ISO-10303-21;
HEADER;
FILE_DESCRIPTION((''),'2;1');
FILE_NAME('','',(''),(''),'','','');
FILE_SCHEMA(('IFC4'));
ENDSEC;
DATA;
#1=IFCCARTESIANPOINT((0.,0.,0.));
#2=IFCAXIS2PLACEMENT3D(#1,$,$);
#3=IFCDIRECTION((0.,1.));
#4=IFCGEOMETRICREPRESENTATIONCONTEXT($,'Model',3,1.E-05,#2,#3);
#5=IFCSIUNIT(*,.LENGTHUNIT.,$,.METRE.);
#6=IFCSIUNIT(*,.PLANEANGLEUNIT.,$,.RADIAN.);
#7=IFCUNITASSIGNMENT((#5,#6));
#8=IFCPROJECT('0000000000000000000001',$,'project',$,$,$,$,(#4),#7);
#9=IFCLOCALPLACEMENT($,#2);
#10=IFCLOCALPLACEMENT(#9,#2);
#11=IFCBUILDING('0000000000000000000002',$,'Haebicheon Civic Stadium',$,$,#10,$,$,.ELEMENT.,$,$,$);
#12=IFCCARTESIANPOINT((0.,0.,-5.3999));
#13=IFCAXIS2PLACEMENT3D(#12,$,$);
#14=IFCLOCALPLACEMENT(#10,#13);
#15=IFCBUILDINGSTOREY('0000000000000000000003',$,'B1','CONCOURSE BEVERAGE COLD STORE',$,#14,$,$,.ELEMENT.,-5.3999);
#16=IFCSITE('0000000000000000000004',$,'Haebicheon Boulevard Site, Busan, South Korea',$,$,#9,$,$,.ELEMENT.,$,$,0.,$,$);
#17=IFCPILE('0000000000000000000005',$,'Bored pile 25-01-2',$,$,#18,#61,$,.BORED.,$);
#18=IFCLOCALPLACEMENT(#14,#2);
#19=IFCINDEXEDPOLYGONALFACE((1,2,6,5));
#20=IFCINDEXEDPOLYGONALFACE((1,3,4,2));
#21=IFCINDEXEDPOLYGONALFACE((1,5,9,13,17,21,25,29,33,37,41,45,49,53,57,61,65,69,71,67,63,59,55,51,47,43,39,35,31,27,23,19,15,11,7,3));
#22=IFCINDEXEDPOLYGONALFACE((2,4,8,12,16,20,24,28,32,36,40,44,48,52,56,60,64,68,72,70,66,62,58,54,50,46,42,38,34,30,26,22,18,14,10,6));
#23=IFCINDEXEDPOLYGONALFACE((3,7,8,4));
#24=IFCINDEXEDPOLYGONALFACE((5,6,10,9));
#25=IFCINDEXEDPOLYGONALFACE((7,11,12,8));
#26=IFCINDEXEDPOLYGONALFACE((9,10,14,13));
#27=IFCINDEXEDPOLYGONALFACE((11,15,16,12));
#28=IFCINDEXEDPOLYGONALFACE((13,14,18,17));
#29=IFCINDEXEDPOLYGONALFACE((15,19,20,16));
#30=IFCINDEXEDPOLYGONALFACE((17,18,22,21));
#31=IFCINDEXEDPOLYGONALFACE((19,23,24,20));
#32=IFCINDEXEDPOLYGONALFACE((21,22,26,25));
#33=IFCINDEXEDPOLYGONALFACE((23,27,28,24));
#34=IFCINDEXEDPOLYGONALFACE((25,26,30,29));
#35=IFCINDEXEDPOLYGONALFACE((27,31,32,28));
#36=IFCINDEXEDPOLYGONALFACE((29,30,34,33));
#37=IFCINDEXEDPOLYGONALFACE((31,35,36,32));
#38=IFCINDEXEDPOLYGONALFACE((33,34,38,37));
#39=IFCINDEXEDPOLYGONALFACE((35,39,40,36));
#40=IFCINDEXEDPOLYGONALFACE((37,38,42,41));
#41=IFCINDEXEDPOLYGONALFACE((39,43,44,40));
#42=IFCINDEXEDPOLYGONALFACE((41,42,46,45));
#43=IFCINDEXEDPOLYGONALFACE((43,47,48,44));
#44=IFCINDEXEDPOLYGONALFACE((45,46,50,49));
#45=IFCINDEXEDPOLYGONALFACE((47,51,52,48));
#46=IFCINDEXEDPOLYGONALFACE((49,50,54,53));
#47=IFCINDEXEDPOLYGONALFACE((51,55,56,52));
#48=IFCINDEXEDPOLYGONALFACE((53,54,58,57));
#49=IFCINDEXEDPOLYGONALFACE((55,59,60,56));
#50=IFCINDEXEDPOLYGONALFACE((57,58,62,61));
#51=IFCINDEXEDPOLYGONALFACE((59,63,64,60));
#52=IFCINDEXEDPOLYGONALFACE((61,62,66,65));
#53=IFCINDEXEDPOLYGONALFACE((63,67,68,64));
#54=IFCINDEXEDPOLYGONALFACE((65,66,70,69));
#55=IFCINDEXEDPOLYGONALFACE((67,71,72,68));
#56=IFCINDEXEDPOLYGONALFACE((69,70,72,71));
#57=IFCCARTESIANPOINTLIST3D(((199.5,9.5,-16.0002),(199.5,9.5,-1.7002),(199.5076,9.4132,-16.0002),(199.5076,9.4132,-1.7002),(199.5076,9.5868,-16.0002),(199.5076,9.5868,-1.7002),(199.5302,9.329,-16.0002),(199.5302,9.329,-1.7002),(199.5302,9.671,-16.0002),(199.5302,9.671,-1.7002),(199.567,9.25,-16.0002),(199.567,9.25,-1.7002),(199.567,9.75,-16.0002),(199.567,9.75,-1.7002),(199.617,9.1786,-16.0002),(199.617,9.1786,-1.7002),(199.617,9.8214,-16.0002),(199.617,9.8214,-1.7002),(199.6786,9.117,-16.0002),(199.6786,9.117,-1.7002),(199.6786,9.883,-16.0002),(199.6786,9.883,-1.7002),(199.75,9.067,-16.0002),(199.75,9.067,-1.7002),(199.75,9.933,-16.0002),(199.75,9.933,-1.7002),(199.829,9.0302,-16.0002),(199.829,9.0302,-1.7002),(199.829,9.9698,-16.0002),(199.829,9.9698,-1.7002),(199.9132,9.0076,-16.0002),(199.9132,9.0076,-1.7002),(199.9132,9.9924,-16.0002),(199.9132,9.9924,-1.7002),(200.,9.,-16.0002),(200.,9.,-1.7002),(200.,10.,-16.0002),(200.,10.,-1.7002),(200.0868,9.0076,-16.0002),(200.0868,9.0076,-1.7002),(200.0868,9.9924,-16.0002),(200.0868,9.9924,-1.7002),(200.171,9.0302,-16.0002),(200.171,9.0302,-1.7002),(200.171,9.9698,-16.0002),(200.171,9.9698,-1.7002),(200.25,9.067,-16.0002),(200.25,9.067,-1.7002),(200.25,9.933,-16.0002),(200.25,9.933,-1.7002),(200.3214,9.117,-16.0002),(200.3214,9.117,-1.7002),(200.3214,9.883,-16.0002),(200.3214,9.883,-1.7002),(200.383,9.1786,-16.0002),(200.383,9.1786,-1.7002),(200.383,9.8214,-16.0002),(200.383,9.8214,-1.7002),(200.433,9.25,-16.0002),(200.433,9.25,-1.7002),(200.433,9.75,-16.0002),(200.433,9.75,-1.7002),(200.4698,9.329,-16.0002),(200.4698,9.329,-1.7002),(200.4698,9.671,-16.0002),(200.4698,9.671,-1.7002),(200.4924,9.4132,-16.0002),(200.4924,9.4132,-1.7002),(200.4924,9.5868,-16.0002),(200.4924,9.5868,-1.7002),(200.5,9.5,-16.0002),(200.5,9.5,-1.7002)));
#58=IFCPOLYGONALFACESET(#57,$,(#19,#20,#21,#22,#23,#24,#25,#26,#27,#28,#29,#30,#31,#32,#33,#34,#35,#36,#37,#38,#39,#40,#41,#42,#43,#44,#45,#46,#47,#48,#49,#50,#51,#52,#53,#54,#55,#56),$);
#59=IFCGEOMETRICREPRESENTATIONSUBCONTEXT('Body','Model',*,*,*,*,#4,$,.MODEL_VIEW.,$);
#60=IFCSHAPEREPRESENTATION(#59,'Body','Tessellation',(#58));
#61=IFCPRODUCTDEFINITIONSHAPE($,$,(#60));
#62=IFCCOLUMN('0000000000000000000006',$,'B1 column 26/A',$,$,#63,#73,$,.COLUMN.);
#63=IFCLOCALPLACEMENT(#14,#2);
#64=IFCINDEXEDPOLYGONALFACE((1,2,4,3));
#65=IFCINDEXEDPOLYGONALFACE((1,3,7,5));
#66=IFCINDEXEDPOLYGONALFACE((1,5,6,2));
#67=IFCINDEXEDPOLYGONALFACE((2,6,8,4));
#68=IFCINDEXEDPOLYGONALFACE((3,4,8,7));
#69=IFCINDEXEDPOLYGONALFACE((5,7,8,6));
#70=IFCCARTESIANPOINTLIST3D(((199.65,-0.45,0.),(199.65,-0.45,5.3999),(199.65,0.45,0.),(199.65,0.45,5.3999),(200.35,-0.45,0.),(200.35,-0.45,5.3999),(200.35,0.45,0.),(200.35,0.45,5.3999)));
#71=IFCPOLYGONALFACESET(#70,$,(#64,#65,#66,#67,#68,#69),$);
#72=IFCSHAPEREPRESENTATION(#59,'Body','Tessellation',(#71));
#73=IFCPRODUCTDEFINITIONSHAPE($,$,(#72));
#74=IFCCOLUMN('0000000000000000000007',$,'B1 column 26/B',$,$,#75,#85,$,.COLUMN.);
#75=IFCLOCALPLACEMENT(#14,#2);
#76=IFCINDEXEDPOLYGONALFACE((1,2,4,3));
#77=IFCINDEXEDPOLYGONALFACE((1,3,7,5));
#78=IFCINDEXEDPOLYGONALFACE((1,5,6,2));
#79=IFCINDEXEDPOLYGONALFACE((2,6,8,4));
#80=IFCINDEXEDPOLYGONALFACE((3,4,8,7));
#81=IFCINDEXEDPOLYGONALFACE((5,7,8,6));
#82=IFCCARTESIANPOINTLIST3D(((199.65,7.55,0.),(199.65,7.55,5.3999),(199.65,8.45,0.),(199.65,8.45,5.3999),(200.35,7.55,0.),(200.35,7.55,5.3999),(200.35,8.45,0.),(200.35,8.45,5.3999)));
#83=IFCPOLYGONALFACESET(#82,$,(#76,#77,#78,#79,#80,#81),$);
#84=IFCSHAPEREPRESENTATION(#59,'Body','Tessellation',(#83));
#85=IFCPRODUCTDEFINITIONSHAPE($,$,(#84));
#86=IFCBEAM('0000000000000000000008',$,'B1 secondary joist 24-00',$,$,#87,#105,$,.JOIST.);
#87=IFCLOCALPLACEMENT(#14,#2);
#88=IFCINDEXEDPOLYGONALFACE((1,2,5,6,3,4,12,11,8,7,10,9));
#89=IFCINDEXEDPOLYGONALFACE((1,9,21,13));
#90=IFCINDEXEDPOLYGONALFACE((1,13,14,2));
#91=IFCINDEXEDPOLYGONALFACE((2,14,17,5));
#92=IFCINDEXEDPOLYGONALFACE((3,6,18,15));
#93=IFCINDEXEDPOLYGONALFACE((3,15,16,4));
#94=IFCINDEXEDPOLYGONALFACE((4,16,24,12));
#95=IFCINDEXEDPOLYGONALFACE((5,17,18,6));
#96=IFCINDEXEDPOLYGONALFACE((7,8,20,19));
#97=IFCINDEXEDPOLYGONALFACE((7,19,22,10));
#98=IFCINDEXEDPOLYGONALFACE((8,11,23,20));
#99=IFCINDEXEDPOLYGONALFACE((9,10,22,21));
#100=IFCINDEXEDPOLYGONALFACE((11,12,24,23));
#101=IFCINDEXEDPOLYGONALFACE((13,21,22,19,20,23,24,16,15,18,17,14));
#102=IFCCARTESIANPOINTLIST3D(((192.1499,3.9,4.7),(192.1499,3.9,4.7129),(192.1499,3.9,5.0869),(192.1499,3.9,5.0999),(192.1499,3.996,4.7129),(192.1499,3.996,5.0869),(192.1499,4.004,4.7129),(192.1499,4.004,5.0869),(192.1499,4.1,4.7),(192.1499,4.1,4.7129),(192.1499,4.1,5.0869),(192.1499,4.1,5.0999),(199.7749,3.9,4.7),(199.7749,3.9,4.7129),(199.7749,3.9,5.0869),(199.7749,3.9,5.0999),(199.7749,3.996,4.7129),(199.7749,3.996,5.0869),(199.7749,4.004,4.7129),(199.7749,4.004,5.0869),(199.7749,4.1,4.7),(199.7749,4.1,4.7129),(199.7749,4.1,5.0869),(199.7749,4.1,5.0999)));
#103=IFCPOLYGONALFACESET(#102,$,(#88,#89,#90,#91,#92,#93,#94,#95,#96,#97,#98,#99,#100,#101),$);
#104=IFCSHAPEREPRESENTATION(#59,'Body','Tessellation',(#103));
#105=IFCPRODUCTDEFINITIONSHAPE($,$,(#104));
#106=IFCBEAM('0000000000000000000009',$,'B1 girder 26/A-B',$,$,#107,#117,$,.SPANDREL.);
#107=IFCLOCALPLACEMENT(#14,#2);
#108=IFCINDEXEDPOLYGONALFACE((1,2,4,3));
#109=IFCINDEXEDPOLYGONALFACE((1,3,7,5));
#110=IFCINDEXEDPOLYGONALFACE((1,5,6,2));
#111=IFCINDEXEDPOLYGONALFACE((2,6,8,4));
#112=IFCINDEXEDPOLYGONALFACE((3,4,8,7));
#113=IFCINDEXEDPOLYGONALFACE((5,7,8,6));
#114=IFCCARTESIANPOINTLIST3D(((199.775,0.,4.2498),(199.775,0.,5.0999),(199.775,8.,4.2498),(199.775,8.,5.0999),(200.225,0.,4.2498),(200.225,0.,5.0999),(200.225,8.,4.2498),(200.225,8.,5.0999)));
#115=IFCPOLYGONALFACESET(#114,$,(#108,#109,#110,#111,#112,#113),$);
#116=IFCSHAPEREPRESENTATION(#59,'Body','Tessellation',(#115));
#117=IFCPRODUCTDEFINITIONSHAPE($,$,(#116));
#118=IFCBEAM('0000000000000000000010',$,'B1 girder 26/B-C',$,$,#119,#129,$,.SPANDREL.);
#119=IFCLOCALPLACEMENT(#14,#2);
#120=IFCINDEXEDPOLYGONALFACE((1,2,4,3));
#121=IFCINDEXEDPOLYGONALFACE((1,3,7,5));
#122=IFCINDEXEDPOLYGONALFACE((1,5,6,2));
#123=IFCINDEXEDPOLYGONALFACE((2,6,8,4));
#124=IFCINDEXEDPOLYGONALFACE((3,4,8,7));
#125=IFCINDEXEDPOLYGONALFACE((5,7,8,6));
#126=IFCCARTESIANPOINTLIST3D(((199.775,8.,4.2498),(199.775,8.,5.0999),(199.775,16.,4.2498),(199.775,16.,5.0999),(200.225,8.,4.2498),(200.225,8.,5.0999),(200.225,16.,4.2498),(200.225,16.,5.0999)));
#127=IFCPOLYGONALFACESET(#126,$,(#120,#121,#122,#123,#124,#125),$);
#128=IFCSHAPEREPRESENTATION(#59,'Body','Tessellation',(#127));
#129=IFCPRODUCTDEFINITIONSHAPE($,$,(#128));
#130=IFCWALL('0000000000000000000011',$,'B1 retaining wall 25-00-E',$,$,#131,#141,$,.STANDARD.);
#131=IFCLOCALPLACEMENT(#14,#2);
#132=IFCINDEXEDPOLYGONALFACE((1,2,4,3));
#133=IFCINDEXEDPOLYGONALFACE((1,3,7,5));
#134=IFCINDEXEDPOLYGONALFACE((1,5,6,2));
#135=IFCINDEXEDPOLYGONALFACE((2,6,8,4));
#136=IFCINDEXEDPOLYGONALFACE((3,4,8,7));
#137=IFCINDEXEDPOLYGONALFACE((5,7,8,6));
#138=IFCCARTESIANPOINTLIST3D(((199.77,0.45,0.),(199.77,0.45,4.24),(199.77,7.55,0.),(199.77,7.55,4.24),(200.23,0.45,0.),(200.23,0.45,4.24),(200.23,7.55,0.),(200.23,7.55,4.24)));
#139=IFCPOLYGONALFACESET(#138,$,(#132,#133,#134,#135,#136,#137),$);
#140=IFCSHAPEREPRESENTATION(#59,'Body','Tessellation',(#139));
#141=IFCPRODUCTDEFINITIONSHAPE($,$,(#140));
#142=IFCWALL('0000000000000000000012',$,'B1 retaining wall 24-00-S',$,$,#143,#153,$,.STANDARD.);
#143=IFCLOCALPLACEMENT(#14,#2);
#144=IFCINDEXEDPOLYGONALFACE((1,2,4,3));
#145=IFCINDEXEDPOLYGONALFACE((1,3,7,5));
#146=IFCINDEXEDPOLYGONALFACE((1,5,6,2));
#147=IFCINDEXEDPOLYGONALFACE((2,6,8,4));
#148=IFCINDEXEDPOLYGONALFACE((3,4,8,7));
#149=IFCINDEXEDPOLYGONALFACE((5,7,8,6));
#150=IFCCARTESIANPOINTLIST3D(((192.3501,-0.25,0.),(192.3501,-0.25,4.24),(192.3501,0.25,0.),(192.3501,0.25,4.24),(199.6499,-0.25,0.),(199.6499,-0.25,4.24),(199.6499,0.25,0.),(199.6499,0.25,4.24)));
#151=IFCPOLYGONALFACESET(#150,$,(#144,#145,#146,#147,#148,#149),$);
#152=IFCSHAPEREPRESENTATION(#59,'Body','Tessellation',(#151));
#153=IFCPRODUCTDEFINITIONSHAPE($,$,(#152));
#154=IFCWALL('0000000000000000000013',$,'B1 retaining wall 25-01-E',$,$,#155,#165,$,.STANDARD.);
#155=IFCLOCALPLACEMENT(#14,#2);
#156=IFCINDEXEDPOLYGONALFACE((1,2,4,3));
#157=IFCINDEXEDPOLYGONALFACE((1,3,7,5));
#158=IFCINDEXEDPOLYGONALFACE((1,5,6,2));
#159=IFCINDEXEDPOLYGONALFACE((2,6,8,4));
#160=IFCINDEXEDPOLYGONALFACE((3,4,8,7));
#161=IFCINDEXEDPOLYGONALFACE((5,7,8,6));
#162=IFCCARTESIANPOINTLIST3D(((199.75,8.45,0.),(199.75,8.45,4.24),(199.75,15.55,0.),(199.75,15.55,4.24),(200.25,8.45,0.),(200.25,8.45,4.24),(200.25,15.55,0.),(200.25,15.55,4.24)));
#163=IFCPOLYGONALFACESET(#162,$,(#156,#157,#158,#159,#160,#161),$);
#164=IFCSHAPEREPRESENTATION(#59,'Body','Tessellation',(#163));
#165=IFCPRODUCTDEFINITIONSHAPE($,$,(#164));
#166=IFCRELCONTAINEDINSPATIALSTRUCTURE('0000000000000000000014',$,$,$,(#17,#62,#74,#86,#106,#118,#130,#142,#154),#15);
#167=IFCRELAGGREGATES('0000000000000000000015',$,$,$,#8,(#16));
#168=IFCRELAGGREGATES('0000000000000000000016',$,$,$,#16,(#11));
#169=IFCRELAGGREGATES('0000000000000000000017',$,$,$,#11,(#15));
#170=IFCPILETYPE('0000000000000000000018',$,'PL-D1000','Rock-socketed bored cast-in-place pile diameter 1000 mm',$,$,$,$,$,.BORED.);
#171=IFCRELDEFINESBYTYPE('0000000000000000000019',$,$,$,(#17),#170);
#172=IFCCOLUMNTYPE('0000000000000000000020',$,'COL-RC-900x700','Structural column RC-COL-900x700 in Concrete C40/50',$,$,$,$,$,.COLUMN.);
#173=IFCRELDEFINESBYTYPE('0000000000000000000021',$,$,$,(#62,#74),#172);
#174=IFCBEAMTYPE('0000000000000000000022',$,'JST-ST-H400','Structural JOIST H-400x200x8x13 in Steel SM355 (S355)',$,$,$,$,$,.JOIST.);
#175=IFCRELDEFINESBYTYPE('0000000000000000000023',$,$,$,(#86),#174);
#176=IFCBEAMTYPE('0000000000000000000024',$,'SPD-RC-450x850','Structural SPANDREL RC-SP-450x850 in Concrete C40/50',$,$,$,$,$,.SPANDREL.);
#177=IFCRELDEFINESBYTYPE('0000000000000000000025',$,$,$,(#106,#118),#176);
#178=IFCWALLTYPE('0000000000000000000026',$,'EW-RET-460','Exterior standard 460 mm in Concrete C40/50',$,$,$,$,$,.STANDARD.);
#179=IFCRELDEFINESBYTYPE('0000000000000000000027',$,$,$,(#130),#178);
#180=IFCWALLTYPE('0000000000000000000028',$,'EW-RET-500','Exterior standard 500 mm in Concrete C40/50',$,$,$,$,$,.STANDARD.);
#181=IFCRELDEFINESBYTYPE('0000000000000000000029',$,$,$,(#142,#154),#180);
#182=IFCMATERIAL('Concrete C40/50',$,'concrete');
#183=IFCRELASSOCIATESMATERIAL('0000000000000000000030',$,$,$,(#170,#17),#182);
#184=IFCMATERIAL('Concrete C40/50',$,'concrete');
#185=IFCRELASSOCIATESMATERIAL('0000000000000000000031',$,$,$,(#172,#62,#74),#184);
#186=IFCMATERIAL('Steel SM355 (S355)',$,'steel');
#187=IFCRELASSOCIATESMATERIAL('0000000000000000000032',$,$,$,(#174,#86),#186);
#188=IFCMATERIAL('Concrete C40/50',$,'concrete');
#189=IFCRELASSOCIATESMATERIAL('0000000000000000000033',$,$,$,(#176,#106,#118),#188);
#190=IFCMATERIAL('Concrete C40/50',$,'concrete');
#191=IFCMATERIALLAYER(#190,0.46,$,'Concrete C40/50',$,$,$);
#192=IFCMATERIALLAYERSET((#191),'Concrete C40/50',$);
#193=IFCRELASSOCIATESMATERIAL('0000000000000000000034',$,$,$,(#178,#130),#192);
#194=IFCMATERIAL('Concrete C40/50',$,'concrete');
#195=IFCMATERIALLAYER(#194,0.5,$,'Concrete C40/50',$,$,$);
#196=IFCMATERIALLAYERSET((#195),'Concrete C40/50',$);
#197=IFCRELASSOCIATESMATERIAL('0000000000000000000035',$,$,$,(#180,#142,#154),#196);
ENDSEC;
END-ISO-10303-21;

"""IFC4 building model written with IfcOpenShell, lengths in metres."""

from ifc_helpers import new_model, si_unit, direction, frame, frame_2d, origin, origin_2d, place, context, subcontext, project, spatial, rectangle, circle, i_section, extrude, material, layer, layer_set, material_profile, profile_set, type_object, element, save


model = new_model("IFC4")

# Units and contexts
model_context = context("Model", 3, precision=1e-05, world=origin(), true_north=direction((0.0, 1.0)))
body_context = subcontext(model_context, "Body", "Model", "MODEL_VIEW")
ifc_project = project(units=[si_unit("LENGTHUNIT", "METRE"), si_unit("PLANEANGLEUNIT", "RADIAN")], contexts=[model_context])

# Site, building, storey
site_placement = place(None, origin())
site = spatial("IfcSite", under=ifc_project, at=site_placement, Name="Haebicheon Boulevard Site, Busan, South Korea", CompositionType="ELEMENT", RefElevation=0.0)
building_placement = place(site_placement, origin())
building = spatial("IfcBuilding", under=site, at=building_placement, Name="Haebicheon Civic Stadium", CompositionType="ELEMENT")
storey_placement = place(building_placement, frame((0.0, 0.0, -5.3999)))
storey = spatial("IfcBuildingStorey", under=building, at=storey_placement, Name="B1", Description="CONCOURSE BEVERAGE COLD STORE", CompositionType="ELEMENT", Elevation=-5.3999)

# Pile
ifc_material_1 = material(Name="Concrete C40/50", Category="concrete")
ifc_material_profile_1 = material_profile(ifc_material_1, circle(Radius=0.5, at=origin_2d()), Name="PILE-D1000")
ifc_profile_set_1 = profile_set([ifc_material_profile_1], Name="Concrete C40/50")
pile_type = type_object("IfcPileType", Name="PL-D1000", Description="Rock-socketed bored cast-in-place pile diameter 1000 mm", PredefinedType="BORED", material=ifc_profile_set_1)
for number, where, z_axis, x_axis, name in (
    (1, (200.0, 9.5, -1.7002), (0.0, 0.0, -1.0), (1.0, 0.0, 0.0), "Bored pile 25-01-2"),
):
    element("IfcPile", number, at=place(storey_placement, frame(where, z_axis=z_axis, x_axis=x_axis)), inside=storey, type_object=pile_type, material=ifc_profile_set_1, Name=name, PredefinedType="BORED", context=body_context, shape_type="SweptSolid", body=[
        extrude(circle(Radius=0.5, at=origin_2d()), origin(), (0.0, 0.0, 1.0), 14.3),
    ])

# Columns
ifc_material_2 = material(Name="Concrete C40/50", Category="concrete")
ifc_material_profile_2 = material_profile(ifc_material_2, rectangle(XDim=0.7, YDim=0.8999, at=origin_2d()), Name="RC-COL-900x700")
ifc_profile_set_2 = profile_set([ifc_material_profile_2], Name="Concrete C40/50")
column_type = type_object("IfcColumnType", Name="COL-RC-900x700", Description="Structural column RC-COL-900x700 in Concrete C40/50", PredefinedType="COLUMN", material=ifc_profile_set_2)
for number, where, z_axis, x_axis, name in (
    (2, (200.0, 0.0, 0.0), (0.0, 0.0, 1.0), (1.0, 0.0, 0.0), "B1 column 26/A"),
    (3, (200.0, 8.0, 0.0), (0.0, 0.0, 1.0), (1.0, 0.0, 0.0), "B1 column 26/B"),
):
    element("IfcColumn", number, at=place(storey_placement, frame(where, z_axis=z_axis, x_axis=x_axis)), inside=storey, type_object=column_type, material=ifc_profile_set_2, Name=name, PredefinedType="COLUMN", context=body_context, shape_type="SweptSolid", body=[
        extrude(rectangle(XDim=0.7, YDim=0.8999, at=origin_2d()), origin(), (0.0, 0.0, 1.0), 5.3999),
    ])

# Beams
ifc_material_3 = material(Name="Steel SM355 (S355)", Category="steel")
ifc_material_profile_3 = material_profile(ifc_material_3, i_section(OverallWidth=0.2, OverallDepth=0.3999, WebThickness=0.0081, FlangeThickness=0.0129, at=origin_2d()), Name="H-400x200x8x13")
ifc_profile_set_3 = profile_set([ifc_material_profile_3], Name="Steel SM355 (S355)")
beam_type_1 = type_object("IfcBeamType", Name="JST-ST-H400", Description="Structural JOIST H-400x200x8x13 in Steel SM355 (S355)", PredefinedType="JOIST", material=ifc_profile_set_3)
beam_placement = place(storey_placement, frame((192.1499, 4.0, 4.8999), z_axis=(1.0, 0.0, 0.0), x_axis=(0.0, 1.0, 0.0)))
element("IfcBeam", 4, at=beam_placement, inside=storey, type_object=beam_type_1, material=ifc_profile_set_3, Name="B1 secondary joist 24-00", PredefinedType="JOIST", context=body_context, shape_type="SweptSolid", body=[
    extrude(i_section(OverallWidth=0.2, OverallDepth=0.3999, WebThickness=0.0081, FlangeThickness=0.0129, at=origin_2d()), origin(), (0.0, 0.0, 1.0), 7.625),
])
ifc_material_4 = material(Name="Concrete C40/50", Category="concrete")
ifc_material_profile_4 = material_profile(ifc_material_4, rectangle(XDim=0.45, YDim=0.8501, at=origin_2d()), Name="RC-SP-450x850")
ifc_profile_set_4 = profile_set([ifc_material_profile_4], Name="Concrete C40/50")
beam_type_2 = type_object("IfcBeamType", Name="SPD-RC-450x850", Description="Structural SPANDREL RC-SP-450x850 in Concrete C40/50", PredefinedType="SPANDREL", material=ifc_profile_set_4)
for number, where, z_axis, x_axis, name in (
    (5, (200.0, 0.0, 4.6748), (0.0, 1.0, 0.0), (-1.0, 0.0, 0.0), "B1 girder 26/A-B"),
    (6, (200.0, 8.0, 4.6748), (0.0, 1.0, 0.0), (-1.0, 0.0, 0.0), "B1 girder 26/B-C"),
):
    element("IfcBeam", number, at=place(storey_placement, frame(where, z_axis=z_axis, x_axis=x_axis)), inside=storey, type_object=beam_type_2, material=ifc_profile_set_4, Name=name, PredefinedType="SPANDREL", context=body_context, shape_type="SweptSolid", body=[
        extrude(rectangle(XDim=0.45, YDim=0.8501, at=origin_2d()), origin(), (0.0, 0.0, 1.0), 8.0),
    ])

# Walls
ifc_material_5 = material(Name="Concrete C40/50", Category="concrete")
ifc_layer_1 = layer(ifc_material_5, 0.46, Name="Concrete C40/50")
ifc_layer_set_1 = layer_set([ifc_layer_1], Name="Concrete C40/50")
wall_type_1 = type_object("IfcWallType", Name="EW-RET-460", Description="Exterior standard 460 mm in Concrete C40/50", PredefinedType="STANDARD", material=ifc_layer_set_1)
wall_1_placement = place(storey_placement, frame((200.0, 0.45, 0.0), z_axis=(0.0, 0.0, 1.0), x_axis=(0.0, 1.0, 0.0)))
element("IfcWall", 7, at=wall_1_placement, inside=storey, type_object=wall_type_1, material=ifc_layer_set_1, Name="B1 retaining wall 25-00-E", PredefinedType="STANDARD", context=body_context, shape_type="SweptSolid", body=[
    extrude(rectangle(XDim=7.1001, YDim=0.46, at=frame_2d((3.55, 0.0))), origin(), (0.0, 0.0, 1.0), 4.24),
])
ifc_material_6 = material(Name="Concrete C40/50", Category="concrete")
ifc_layer_2 = layer(ifc_material_6, 0.5, Name="Concrete C40/50")
ifc_layer_set_2 = layer_set([ifc_layer_2], Name="Concrete C40/50")
wall_type_2 = type_object("IfcWallType", Name="EW-RET-500", Description="Exterior standard 500 mm in Concrete C40/50", PredefinedType="STANDARD", material=ifc_layer_set_2)
wall_2_placement = place(storey_placement, frame((192.3501, 0.0, 0.0), z_axis=(0.0, 0.0, 1.0), x_axis=(1.0, 0.0, 0.0)))
element("IfcWall", 8, at=wall_2_placement, inside=storey, type_object=wall_type_2, material=ifc_layer_set_2, Name="B1 retaining wall 24-00-S", PredefinedType="STANDARD", context=body_context, shape_type="SweptSolid", body=[
    extrude(rectangle(XDim=7.2998, YDim=0.5, at=frame_2d((3.6499, 0.0))), origin(), (0.0, 0.0, 1.0), 4.24),
])
wall_3_placement = place(storey_placement, frame((200.0, 8.45, 0.0), z_axis=(0.0, 0.0, 1.0), x_axis=(0.0, 1.0, 0.0)))
element("IfcWall", 9, at=wall_3_placement, inside=storey, type_object=wall_type_2, material=ifc_layer_set_2, Name="B1 retaining wall 25-01-E", PredefinedType="STANDARD", context=body_context, shape_type="SweptSolid", body=[
    extrude(rectangle(XDim=7.1001, YDim=0.5, at=frame_2d((3.55, 0.0))), origin(), (0.0, 0.0, 1.0), 4.24),
])

save(model, "model.ifc")
